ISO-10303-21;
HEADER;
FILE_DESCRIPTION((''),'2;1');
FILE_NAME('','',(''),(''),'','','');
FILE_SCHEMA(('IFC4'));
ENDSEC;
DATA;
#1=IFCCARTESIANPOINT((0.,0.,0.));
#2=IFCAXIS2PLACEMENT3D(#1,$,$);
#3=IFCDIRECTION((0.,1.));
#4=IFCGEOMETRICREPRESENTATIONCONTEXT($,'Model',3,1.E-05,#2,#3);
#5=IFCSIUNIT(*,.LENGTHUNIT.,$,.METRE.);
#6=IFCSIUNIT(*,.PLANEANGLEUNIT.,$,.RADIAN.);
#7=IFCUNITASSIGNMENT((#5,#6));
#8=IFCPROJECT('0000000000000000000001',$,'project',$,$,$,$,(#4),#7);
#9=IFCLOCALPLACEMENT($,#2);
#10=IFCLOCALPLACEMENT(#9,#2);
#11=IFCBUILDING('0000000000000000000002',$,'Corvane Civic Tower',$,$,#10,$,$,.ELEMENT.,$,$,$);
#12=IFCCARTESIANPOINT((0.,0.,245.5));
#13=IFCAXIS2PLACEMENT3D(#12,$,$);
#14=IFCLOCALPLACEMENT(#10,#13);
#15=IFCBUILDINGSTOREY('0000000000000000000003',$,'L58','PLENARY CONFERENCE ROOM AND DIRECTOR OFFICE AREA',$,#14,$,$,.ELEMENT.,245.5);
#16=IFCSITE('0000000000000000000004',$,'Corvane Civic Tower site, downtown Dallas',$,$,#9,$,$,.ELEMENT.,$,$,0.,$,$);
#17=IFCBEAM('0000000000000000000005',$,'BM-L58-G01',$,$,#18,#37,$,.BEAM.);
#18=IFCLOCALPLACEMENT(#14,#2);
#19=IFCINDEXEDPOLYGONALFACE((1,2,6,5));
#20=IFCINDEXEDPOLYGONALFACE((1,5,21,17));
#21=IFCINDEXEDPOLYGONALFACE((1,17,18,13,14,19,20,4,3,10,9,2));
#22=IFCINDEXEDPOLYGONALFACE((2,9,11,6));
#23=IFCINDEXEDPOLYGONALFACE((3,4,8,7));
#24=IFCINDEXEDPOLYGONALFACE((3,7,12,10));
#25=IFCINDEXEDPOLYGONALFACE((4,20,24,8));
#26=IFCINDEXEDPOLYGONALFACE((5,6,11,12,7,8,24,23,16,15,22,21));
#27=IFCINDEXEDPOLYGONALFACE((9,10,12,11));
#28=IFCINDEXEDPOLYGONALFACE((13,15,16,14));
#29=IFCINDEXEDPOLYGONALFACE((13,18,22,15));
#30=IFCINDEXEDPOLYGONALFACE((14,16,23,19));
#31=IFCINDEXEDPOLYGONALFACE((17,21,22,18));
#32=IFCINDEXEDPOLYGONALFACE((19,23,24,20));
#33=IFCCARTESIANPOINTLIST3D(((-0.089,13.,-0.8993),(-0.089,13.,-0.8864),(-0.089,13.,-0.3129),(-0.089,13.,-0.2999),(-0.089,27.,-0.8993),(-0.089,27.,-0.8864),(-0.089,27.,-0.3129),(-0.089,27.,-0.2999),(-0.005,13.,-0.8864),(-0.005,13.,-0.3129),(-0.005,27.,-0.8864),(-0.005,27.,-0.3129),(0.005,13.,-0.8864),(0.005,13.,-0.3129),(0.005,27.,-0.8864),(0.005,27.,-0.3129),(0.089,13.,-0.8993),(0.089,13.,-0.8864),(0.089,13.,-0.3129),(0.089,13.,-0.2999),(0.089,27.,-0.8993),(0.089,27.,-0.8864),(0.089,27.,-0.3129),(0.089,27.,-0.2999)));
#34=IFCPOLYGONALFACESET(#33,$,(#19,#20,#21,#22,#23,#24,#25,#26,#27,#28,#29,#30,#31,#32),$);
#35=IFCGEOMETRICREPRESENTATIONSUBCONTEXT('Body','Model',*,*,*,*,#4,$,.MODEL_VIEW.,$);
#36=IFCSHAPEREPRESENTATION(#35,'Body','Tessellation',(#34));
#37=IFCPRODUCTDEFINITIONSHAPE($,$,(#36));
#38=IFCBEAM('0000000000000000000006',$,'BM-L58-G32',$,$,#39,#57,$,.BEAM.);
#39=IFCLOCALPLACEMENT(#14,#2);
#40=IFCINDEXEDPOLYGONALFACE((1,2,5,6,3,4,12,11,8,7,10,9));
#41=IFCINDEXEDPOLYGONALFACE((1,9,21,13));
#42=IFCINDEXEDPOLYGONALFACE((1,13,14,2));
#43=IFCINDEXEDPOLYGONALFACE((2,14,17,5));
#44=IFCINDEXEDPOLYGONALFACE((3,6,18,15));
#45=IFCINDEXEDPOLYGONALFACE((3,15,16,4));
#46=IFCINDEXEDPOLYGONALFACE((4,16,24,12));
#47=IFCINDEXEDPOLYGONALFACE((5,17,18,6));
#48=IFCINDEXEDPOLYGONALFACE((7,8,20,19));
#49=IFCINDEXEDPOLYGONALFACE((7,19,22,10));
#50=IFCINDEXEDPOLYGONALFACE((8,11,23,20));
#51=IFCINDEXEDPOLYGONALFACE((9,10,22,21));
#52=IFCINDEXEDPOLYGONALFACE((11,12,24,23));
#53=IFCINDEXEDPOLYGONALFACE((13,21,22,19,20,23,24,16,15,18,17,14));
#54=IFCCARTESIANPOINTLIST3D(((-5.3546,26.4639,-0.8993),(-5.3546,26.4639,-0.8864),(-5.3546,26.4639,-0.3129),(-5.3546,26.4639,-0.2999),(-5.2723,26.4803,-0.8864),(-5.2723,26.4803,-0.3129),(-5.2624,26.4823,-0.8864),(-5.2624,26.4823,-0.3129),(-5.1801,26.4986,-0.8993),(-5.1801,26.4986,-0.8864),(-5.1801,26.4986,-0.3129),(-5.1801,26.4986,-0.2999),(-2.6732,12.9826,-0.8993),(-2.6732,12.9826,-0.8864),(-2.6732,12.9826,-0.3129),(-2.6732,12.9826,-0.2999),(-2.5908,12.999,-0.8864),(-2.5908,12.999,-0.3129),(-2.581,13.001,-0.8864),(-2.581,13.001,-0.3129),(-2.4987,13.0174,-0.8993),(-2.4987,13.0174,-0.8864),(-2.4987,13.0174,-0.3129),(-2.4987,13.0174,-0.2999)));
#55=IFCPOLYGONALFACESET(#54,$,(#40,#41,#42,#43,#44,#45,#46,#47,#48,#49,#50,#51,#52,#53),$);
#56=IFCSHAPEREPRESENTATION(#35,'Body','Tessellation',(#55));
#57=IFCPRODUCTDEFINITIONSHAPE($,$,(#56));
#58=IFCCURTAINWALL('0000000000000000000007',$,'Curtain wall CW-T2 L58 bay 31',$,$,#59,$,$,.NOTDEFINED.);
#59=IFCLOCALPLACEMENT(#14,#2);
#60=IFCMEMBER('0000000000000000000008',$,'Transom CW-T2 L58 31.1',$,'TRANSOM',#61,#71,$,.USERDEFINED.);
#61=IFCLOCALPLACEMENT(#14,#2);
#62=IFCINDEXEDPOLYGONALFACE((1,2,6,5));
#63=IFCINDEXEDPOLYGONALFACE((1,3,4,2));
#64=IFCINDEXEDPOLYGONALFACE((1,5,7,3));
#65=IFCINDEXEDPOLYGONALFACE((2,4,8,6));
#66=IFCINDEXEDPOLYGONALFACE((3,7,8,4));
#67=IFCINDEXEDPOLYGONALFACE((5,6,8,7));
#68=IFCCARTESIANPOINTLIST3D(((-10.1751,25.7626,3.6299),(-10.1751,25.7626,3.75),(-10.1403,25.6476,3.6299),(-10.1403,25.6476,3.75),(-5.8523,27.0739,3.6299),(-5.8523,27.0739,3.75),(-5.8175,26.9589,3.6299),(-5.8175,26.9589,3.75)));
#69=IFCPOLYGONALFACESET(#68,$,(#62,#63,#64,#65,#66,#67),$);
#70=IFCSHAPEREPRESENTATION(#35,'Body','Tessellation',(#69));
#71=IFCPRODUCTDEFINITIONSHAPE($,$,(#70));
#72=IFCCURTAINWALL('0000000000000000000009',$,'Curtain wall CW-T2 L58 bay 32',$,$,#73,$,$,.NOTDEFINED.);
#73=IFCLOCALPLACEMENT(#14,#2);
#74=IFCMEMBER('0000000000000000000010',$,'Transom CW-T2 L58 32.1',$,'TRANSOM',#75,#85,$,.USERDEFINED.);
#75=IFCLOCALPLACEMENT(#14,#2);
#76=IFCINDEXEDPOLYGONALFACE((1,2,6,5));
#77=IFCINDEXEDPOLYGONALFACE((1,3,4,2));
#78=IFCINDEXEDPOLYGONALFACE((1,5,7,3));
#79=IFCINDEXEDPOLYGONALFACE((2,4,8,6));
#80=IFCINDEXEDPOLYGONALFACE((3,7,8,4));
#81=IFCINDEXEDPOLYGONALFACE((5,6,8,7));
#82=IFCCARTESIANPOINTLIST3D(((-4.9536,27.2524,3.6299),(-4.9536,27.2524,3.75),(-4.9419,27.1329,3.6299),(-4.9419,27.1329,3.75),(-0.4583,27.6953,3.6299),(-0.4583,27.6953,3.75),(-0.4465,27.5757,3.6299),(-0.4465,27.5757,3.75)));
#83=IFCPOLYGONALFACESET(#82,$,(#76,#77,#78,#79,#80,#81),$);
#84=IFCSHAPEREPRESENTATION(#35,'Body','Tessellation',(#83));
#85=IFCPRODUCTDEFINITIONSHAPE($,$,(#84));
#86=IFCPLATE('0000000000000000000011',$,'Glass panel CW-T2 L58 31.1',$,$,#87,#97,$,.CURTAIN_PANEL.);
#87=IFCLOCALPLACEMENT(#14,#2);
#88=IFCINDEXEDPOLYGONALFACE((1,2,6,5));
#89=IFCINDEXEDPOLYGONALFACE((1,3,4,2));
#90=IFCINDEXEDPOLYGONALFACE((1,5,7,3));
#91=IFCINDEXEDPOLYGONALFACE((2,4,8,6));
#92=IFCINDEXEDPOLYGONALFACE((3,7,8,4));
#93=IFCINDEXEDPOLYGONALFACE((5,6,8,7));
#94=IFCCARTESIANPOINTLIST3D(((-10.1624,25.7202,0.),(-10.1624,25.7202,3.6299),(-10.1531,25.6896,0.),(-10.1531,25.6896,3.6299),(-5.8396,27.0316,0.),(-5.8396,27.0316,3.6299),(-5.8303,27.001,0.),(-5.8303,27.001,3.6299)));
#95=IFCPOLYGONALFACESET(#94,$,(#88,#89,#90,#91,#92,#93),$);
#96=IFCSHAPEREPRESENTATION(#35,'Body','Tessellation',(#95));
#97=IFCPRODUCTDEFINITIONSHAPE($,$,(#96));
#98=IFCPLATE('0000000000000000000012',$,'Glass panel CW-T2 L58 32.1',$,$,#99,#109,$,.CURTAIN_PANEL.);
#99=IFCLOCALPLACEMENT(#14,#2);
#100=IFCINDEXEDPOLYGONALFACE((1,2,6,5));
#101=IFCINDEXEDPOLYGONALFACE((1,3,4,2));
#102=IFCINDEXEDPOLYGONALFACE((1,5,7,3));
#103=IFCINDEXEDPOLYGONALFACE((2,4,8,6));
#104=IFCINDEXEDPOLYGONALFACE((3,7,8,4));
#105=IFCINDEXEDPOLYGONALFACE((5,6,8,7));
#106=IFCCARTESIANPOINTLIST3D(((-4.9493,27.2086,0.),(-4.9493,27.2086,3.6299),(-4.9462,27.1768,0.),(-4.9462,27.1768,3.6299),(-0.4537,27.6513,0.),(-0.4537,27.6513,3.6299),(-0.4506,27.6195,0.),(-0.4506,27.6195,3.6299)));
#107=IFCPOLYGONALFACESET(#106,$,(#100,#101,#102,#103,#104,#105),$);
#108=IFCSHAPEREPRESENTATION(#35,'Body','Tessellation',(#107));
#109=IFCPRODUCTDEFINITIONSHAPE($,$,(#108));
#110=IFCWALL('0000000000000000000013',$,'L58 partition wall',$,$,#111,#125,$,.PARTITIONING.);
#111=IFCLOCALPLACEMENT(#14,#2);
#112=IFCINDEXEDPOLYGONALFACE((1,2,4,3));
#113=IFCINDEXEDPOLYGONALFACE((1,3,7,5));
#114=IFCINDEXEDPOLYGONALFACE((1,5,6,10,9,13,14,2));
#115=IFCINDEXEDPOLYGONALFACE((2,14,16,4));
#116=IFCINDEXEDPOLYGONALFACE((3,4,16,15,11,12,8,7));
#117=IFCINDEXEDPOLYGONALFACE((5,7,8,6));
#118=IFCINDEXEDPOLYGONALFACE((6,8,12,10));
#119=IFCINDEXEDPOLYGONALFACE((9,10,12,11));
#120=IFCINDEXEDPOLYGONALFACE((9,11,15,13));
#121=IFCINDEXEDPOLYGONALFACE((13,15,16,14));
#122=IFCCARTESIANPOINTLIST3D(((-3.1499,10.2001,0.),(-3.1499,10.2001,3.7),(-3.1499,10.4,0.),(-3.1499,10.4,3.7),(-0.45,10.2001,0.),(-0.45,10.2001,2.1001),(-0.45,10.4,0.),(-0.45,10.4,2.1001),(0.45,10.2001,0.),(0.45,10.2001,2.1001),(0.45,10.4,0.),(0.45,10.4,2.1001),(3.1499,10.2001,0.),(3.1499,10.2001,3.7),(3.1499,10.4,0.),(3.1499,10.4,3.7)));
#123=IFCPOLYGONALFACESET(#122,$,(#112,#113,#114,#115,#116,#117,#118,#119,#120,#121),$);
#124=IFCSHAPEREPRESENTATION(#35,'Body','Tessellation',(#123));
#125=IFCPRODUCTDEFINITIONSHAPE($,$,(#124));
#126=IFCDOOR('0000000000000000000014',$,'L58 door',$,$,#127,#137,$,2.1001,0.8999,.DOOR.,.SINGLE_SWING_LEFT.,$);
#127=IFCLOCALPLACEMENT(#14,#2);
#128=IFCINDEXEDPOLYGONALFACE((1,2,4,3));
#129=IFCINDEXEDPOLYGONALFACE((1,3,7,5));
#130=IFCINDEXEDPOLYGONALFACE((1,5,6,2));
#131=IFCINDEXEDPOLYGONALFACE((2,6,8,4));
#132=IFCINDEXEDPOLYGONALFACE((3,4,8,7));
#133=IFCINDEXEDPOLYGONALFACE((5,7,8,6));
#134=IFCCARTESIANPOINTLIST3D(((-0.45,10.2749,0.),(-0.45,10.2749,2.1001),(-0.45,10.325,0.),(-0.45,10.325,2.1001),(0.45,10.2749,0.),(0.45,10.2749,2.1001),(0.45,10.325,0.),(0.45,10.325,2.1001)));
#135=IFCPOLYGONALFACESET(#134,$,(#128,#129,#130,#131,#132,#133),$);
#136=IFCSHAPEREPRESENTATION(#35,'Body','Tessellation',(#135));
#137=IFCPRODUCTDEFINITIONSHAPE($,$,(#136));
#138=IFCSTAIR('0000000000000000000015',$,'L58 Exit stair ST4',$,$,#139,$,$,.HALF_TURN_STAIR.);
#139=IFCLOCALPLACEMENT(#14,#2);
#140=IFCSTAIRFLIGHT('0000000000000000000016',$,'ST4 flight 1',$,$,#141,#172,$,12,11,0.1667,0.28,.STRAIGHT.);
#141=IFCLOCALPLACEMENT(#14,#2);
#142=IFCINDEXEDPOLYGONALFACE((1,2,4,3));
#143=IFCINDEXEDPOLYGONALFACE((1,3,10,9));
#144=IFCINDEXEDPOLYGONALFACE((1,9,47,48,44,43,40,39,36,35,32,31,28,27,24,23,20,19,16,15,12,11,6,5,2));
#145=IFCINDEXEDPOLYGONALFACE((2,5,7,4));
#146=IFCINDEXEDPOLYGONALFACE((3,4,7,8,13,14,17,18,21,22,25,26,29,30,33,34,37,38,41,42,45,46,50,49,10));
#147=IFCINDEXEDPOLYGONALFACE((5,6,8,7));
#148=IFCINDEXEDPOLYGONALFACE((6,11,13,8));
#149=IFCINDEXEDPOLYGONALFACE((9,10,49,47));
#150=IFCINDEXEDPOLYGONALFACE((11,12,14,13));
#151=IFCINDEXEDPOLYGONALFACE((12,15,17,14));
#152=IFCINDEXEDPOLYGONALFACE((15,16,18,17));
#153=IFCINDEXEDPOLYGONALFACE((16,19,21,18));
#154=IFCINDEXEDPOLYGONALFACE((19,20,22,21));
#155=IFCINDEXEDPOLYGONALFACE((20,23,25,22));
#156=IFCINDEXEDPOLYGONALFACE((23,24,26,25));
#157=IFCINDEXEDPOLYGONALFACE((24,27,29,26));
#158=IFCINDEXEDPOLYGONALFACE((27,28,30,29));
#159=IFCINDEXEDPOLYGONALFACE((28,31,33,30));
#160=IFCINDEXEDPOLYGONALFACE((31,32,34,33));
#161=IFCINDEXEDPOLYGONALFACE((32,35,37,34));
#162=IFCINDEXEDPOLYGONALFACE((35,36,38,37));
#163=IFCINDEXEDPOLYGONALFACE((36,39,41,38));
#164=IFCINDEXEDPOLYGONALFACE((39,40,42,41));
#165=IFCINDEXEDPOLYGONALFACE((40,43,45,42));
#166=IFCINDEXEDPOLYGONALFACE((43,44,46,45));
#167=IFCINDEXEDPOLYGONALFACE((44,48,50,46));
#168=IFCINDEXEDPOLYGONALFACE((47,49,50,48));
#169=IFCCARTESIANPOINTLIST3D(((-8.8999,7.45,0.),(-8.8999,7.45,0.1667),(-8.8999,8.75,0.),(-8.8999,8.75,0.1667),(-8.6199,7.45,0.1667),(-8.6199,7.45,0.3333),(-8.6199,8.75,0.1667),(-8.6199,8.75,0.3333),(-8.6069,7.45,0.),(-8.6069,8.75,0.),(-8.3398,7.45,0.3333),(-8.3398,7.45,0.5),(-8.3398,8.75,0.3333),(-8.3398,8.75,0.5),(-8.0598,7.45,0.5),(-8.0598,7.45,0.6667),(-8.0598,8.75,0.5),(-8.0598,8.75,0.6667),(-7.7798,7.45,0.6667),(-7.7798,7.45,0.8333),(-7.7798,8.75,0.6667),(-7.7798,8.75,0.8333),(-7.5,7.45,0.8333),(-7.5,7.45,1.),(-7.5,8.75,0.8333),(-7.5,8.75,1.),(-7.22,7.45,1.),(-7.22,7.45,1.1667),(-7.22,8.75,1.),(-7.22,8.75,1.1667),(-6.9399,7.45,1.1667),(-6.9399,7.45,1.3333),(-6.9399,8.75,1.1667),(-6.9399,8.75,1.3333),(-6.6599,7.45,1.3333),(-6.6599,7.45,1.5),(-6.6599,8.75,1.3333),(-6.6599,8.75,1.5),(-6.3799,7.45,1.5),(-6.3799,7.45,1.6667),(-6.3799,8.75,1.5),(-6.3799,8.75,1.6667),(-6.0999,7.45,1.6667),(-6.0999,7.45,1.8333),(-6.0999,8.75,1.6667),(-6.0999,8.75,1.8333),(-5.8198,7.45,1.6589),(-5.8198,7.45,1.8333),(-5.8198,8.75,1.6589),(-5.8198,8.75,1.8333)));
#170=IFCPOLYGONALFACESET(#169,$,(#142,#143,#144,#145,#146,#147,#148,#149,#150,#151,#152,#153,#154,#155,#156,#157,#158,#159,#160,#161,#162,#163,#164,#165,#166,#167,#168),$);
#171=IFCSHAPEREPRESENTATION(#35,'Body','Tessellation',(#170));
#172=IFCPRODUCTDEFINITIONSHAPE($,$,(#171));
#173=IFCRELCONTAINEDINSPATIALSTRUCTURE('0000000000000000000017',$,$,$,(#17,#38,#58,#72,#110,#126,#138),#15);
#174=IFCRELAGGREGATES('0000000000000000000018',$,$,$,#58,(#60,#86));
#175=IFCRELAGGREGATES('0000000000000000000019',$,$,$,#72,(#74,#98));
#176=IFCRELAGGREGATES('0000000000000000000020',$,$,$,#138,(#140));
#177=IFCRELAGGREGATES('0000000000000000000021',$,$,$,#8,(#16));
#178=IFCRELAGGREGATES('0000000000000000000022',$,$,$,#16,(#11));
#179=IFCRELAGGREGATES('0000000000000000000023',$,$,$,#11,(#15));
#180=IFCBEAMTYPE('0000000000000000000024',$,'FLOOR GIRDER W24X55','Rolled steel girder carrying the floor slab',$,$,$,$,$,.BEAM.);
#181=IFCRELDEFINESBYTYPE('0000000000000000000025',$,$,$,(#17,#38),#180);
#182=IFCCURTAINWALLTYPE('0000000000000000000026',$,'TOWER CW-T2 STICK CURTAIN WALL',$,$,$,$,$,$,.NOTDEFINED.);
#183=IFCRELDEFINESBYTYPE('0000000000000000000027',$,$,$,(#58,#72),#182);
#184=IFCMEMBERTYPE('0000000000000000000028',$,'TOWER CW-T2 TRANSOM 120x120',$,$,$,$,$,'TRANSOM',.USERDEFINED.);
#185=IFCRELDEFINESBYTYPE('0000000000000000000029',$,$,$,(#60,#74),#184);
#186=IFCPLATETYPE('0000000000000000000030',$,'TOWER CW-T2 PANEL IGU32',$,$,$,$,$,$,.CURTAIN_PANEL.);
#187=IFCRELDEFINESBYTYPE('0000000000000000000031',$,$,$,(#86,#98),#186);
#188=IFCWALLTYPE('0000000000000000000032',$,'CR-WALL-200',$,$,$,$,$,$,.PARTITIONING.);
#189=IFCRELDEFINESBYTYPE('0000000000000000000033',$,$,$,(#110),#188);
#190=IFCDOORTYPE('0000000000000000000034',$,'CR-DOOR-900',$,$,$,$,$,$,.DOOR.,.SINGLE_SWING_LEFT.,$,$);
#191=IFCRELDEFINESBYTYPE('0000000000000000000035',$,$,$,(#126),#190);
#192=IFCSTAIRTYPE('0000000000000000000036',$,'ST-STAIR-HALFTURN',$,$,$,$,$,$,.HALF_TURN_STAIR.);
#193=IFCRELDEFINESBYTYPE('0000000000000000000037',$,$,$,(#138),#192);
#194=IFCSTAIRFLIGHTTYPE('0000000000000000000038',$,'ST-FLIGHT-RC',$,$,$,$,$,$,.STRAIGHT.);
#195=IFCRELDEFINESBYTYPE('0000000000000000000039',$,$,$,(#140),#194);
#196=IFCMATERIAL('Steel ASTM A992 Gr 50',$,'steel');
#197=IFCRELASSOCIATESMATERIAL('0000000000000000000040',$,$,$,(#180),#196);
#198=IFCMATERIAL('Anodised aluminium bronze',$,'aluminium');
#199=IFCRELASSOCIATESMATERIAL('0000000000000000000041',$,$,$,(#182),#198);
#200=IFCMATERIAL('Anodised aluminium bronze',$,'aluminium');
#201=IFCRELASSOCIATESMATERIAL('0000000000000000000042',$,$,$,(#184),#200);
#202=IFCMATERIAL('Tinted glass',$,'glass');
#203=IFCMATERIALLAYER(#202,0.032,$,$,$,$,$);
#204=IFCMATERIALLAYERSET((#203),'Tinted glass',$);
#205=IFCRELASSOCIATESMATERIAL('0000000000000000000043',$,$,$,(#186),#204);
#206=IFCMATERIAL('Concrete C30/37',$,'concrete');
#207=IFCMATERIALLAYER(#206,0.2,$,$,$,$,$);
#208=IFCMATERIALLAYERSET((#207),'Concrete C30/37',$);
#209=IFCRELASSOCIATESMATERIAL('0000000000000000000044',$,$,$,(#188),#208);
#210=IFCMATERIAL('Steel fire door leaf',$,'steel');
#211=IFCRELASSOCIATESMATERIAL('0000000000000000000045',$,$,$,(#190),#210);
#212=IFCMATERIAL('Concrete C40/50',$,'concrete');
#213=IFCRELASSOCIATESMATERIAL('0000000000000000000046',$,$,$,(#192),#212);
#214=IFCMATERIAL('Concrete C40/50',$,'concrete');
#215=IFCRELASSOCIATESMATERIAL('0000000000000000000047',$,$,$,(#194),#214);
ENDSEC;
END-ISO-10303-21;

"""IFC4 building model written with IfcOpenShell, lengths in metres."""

from ifc_helpers import new_model, si_unit, direction, frame, frame_2d, origin, origin_2d, place, context, subcontext, project, spatial, polyline, rectangle, i_section, outline, extrude, material, layer, layer_set, material_profile, profile_set, type_object, element, fill, aggregate, save


model = new_model("IFC4")

# Units and contexts
model_context = context("Model", 3, precision=1e-05, world=origin(), true_north=direction((0.0, 1.0)))
body_context = subcontext(model_context, "Body", "Model", "MODEL_VIEW")
ifc_project = project(units=[si_unit("LENGTHUNIT", "METRE"), si_unit("PLANEANGLEUNIT", "RADIAN")], contexts=[model_context])

# Site, building, storey
site_placement = place(None, origin())
site = spatial("IfcSite", under=ifc_project, at=site_placement, Name="Corvane Civic Tower site, downtown Dallas", CompositionType="ELEMENT", RefElevation=0.0)
building_placement = place(site_placement, origin())
building = spatial("IfcBuilding", under=site, at=building_placement, Name="Corvane Civic Tower", CompositionType="ELEMENT")
storey_placement = place(building_placement, frame((0.0, 0.0, 245.5)))
storey = spatial("IfcBuildingStorey", under=building, at=storey_placement, Name="L58", Description="PLENARY CONFERENCE ROOM AND DIRECTOR OFFICE AREA", CompositionType="ELEMENT", Elevation=245.5)

# Beams
ifc_material_1 = material(Name="Steel ASTM A992 Gr 50", Category="steel")
ifc_material_profile_1 = material_profile(ifc_material_1, i_section(OverallWidth=0.178, OverallDepth=0.5994, WebThickness=0.01, FlangeThickness=0.0129, at=origin_2d()), Name="W24X55")
ifc_profile_set_1 = profile_set([ifc_material_profile_1], Name="Steel ASTM A992 Gr 50")
beam_type_1 = type_object("IfcBeamType", Name="FLOOR GIRDER W24X55", Description="Rolled steel girder carrying the floor slab", PredefinedType="BEAM", material=ifc_profile_set_1)
beam_1_placement = place(storey_placement, frame((0.0, 13.0, -0.5996), z_axis=(0.0, 1.0, 0.0), x_axis=(-1.0, 0.0, 0.0)))
element("IfcBeam", 1, at=beam_1_placement, inside=storey, type_object=beam_type_1, Name="BM-L58-G01", PredefinedType="BEAM", context=body_context, shape_type="SweptSolid", body=[
    extrude(i_section(OverallWidth=0.178, OverallDepth=0.5994, WebThickness=0.01, FlangeThickness=0.0129, at=origin_2d()), origin(), (0.0, 0.0, 1.0), 14.0),
])
beam_2_placement = place(storey_placement, frame((-2.5859, 13.0, -0.5996), z_axis=(-0.195078, 0.980788, 0.0), x_axis=(-0.980788, -0.195078, 0.0)))
element("IfcBeam", 2, at=beam_2_placement, inside=storey, type_object=beam_type_1, Name="BM-L58-G32", PredefinedType="BEAM", context=body_context, shape_type="SweptSolid", body=[
    extrude(i_section(OverallWidth=0.178, OverallDepth=0.5994, WebThickness=0.01, FlangeThickness=0.0129, at=origin_2d()), origin(), (0.0, 0.0, 1.0), 13.7454),
])

# Curtain walls, members
ifc_material_2 = material(Name="Anodised aluminium bronze", Category="aluminium")
curtain_wall_type = type_object("IfcCurtainWallType", Name="TOWER CW-T2 STICK CURTAIN WALL", PredefinedType="NOTDEFINED", material=ifc_material_2)
curtain_wall_1_placement = place(storey_placement, origin())
curtain_wall_1 = element("IfcCurtainWall", 3, at=curtain_wall_1_placement, inside=storey, type_object=curtain_wall_type, Name="Curtain wall CW-T2 L58 bay 31", PredefinedType="NOTDEFINED")
ifc_material_3 = material(Name="Anodised aluminium bronze", Category="aluminium")
ifc_material_profile_2 = material_profile(ifc_material_3, rectangle(XDim=0.1201, YDim=0.1201, at=origin_2d()), Name="TOWER CW-T2 TRANSOM 120x120")
ifc_profile_set_2 = profile_set([ifc_material_profile_2], Name="Anodised aluminium bronze")
member_type = type_object("IfcMemberType", Name="TOWER CW-T2 TRANSOM 120x120", ElementType="TRANSOM", PredefinedType="USERDEFINED", material=ifc_profile_set_2)
member_1_placement = place(storey_placement, frame((-10.1577, 25.7051, 3.6899), z_axis=(0.956941, 0.290282, 0.0), x_axis=(-0.290282, 0.956941, 0.0)))
member_1 = element("IfcMember", 4, at=member_1_placement, type_object=member_type, Name="Transom CW-T2 L58 31.1", ObjectType="TRANSOM", PredefinedType="USERDEFINED", context=body_context, shape_type="SweptSolid", body=[
    extrude(rectangle(XDim=0.1201, YDim=0.1201, at=origin_2d()), origin(), (0.0, 0.0, 1.0), 4.5173),
])
curtain_wall_2_placement = place(storey_placement, origin())
curtain_wall_2 = element("IfcCurtainWall", 5, at=curtain_wall_2_placement, inside=storey, type_object=curtain_wall_type, Name="Curtain wall CW-T2 L58 bay 32", PredefinedType="NOTDEFINED")
member_2_placement = place(storey_placement, frame((-4.9478, 27.1926, 3.6899), z_axis=(0.995182, 0.098043, 0.0), x_axis=(-0.098043, 0.995182, 0.0)))
member_2 = element("IfcMember", 6, at=member_2_placement, type_object=member_type, Name="Transom CW-T2 L58 32.1", ObjectType="TRANSOM", PredefinedType="USERDEFINED", context=body_context, shape_type="SweptSolid", body=[
    extrude(rectangle(XDim=0.1201, YDim=0.1201, at=origin_2d()), origin(), (0.0, 0.0, 1.0), 4.5171),
])

# Plates
ifc_material_4 = material(Name="Tinted glass", Category="glass")
ifc_layer_1 = layer(ifc_material_4, 0.032)
ifc_layer_set_1 = layer_set([ifc_layer_1], Name="Tinted glass")
plate_type = type_object("IfcPlateType", Name="TOWER CW-T2 PANEL IGU32", PredefinedType="CURTAIN_PANEL", material=ifc_layer_set_1)
plate_1_placement = place(storey_placement, frame((-7.9963, 26.3606, 0.0), z_axis=(0.0, 0.0, 1.0), x_axis=(0.956939, 0.29029, 0.0)))
plate_1 = element("IfcPlate", 7, at=plate_1_placement, type_object=plate_type, Name="Glass panel CW-T2 L58 31.1", PredefinedType="CURTAIN_PANEL", context=body_context, shape_type="SweptSolid", body=[
    extrude(rectangle(XDim=4.5173, YDim=0.032, at=origin_2d()), origin(), (0.0, 0.0, 1.0), 3.6299),
])
aggregate(curtain_wall_1, [member_1, plate_1])
plate_2_placement = place(storey_placement, frame((-2.7, 27.4141, 0.0), z_axis=(0.0, 0.0, 1.0), x_axis=(0.995187, 0.097993, 0.0)))
plate_2 = element("IfcPlate", 8, at=plate_2_placement, type_object=plate_type, Name="Glass panel CW-T2 L58 32.1", PredefinedType="CURTAIN_PANEL", context=body_context, shape_type="SweptSolid", body=[
    extrude(rectangle(XDim=4.5173, YDim=0.032, at=origin_2d()), origin(), (0.0, 0.0, 1.0), 3.6299),
])
aggregate(curtain_wall_2, [member_2, plate_2])

# Wall, opening, door
ifc_material_5 = material(Name="Concrete C30/37", Category="concrete")
ifc_layer_2 = layer(ifc_material_5, 0.2)
ifc_layer_set_2 = layer_set([ifc_layer_2], Name="Concrete C30/37")
wall_type = type_object("IfcWallType", Name="CR-WALL-200", PredefinedType="PARTITIONING", material=ifc_layer_set_2)
wall_placement = place(storey_placement, frame((-3.1499, 10.3, 0.0), z_axis=(0.0, 0.0, 1.0), x_axis=(1.0, 0.0, 0.0)))
wall = element("IfcWall", 9, at=wall_placement, inside=storey, type_object=wall_type, Name="L58 partition wall", PredefinedType="PARTITIONING", context=body_context, shape_type="SweptSolid", body=[
    extrude(rectangle(XDim=6.2998, YDim=0.2, at=frame_2d((3.1499, 0.0))), origin(), (0.0, 0.0, 1.0), 3.7),
])
opening_placement = place(wall_placement, frame((2.7, 0.0, 0.0)))
opening = element("IfcOpeningElement", 10, at=opening_placement, cuts=wall, PredefinedType="OPENING", context=body_context, shape_type="SweptSolid", body=[
    extrude(rectangle(XDim=0.8999, YDim=2.1001, at=frame_2d((0.45, 1.05))), frame((0.0, 0.1099, 0.0), z_axis=(0.0, -1.0, 0.0), x_axis=(1.0, 0.0, 0.0)), (0.0, 0.0, 1.0), 0.22),
])
ifc_material_6 = material(Name="Steel fire door leaf", Category="steel")
door_type = type_object("IfcDoorType", Name="CR-DOOR-900", OperationType="SINGLE_SWING_LEFT", PredefinedType="DOOR", material=ifc_material_6)
door_placement = place(opening_placement, origin())
door = element("IfcDoor", 11, at=door_placement, inside=storey, type_object=door_type, Name="L58 door", OperationType="SINGLE_SWING_LEFT", OverallHeight=2.1001, OverallWidth=0.8999, PredefinedType="DOOR", context=body_context, shape_type="SweptSolid", body=[
    extrude(rectangle(XDim=0.8999, YDim=2.1001, at=frame_2d((0.45, 1.05))), frame((0.0, 0.0249, 0.0), z_axis=(0.0, -1.0, 0.0), x_axis=(1.0, 0.0, 0.0)), (0.0, 0.0, 1.0), 0.05),
])
fill(opening, door)

# Stair, stair flight
ifc_material_7 = material(Name="Concrete C40/50", Category="concrete")
stair_type = type_object("IfcStairType", Name="ST-STAIR-HALFTURN", PredefinedType="HALF_TURN_STAIR", material=ifc_material_7)
stair_placement = place(storey_placement, origin())
stair = element("IfcStair", 12, at=stair_placement, inside=storey, type_object=stair_type, Name="L58 Exit stair ST4", PredefinedType="HALF_TURN_STAIR")
ifc_material_8 = material(Name="Concrete C40/50", Category="concrete")
stair_flight_type = type_object("IfcStairFlightType", Name="ST-FLIGHT-RC", PredefinedType="STRAIGHT", material=ifc_material_8)
stair_flight_1_placement = place(storey_placement, frame((-8.8999, 8.1001, 0.0), z_axis=(0.0, 0.0, 1.0), x_axis=(1.0, 0.0, 0.0)))
stair_flight_1 = element("IfcStairFlight", 13, at=stair_flight_1_placement, type_object=stair_flight_type, Name="ST4 flight 1", NumberOfRisers=12, NumberOfTreads=11, PredefinedType="STRAIGHT", RiserHeight=0.1667, TreadLength=0.28, context=body_context, shape_type="SweptSolid", body=[
    extrude(outline(polyline([(0.0, 0.0), (0.0, 0.1667), (0.28, 0.1667), (0.28, 0.3333), (0.5601, 0.3333), (0.5601, 0.5), (0.8401, 0.5), (0.8401, 0.6667), (1.1201, 0.6667), (1.1201, 0.8333), (1.3999, 0.8333), (1.3999, 1.0), (1.6799, 1.0), (1.6799, 1.1667), (1.96, 1.1667), (1.96, 1.3333), (2.24, 1.3333), (2.24, 1.5), (2.52, 1.5), (2.52, 1.6667), (2.8, 1.6667), (2.8, 1.8333), (3.0801, 1.8333), (3.0801, 2.0), (3.0801, 1.6589), (0.293, 0.0), (0.0, 0.0)])), frame((0.0, 0.6499, 0.0), z_axis=(0.0, -1.0, 0.0), x_axis=(1.0, 0.0, 0.0)), (0.0, 0.0, 1.0), 1.3),
])
aggregate(stair, [stair_flight_1])

save(model, "model.ifc")
